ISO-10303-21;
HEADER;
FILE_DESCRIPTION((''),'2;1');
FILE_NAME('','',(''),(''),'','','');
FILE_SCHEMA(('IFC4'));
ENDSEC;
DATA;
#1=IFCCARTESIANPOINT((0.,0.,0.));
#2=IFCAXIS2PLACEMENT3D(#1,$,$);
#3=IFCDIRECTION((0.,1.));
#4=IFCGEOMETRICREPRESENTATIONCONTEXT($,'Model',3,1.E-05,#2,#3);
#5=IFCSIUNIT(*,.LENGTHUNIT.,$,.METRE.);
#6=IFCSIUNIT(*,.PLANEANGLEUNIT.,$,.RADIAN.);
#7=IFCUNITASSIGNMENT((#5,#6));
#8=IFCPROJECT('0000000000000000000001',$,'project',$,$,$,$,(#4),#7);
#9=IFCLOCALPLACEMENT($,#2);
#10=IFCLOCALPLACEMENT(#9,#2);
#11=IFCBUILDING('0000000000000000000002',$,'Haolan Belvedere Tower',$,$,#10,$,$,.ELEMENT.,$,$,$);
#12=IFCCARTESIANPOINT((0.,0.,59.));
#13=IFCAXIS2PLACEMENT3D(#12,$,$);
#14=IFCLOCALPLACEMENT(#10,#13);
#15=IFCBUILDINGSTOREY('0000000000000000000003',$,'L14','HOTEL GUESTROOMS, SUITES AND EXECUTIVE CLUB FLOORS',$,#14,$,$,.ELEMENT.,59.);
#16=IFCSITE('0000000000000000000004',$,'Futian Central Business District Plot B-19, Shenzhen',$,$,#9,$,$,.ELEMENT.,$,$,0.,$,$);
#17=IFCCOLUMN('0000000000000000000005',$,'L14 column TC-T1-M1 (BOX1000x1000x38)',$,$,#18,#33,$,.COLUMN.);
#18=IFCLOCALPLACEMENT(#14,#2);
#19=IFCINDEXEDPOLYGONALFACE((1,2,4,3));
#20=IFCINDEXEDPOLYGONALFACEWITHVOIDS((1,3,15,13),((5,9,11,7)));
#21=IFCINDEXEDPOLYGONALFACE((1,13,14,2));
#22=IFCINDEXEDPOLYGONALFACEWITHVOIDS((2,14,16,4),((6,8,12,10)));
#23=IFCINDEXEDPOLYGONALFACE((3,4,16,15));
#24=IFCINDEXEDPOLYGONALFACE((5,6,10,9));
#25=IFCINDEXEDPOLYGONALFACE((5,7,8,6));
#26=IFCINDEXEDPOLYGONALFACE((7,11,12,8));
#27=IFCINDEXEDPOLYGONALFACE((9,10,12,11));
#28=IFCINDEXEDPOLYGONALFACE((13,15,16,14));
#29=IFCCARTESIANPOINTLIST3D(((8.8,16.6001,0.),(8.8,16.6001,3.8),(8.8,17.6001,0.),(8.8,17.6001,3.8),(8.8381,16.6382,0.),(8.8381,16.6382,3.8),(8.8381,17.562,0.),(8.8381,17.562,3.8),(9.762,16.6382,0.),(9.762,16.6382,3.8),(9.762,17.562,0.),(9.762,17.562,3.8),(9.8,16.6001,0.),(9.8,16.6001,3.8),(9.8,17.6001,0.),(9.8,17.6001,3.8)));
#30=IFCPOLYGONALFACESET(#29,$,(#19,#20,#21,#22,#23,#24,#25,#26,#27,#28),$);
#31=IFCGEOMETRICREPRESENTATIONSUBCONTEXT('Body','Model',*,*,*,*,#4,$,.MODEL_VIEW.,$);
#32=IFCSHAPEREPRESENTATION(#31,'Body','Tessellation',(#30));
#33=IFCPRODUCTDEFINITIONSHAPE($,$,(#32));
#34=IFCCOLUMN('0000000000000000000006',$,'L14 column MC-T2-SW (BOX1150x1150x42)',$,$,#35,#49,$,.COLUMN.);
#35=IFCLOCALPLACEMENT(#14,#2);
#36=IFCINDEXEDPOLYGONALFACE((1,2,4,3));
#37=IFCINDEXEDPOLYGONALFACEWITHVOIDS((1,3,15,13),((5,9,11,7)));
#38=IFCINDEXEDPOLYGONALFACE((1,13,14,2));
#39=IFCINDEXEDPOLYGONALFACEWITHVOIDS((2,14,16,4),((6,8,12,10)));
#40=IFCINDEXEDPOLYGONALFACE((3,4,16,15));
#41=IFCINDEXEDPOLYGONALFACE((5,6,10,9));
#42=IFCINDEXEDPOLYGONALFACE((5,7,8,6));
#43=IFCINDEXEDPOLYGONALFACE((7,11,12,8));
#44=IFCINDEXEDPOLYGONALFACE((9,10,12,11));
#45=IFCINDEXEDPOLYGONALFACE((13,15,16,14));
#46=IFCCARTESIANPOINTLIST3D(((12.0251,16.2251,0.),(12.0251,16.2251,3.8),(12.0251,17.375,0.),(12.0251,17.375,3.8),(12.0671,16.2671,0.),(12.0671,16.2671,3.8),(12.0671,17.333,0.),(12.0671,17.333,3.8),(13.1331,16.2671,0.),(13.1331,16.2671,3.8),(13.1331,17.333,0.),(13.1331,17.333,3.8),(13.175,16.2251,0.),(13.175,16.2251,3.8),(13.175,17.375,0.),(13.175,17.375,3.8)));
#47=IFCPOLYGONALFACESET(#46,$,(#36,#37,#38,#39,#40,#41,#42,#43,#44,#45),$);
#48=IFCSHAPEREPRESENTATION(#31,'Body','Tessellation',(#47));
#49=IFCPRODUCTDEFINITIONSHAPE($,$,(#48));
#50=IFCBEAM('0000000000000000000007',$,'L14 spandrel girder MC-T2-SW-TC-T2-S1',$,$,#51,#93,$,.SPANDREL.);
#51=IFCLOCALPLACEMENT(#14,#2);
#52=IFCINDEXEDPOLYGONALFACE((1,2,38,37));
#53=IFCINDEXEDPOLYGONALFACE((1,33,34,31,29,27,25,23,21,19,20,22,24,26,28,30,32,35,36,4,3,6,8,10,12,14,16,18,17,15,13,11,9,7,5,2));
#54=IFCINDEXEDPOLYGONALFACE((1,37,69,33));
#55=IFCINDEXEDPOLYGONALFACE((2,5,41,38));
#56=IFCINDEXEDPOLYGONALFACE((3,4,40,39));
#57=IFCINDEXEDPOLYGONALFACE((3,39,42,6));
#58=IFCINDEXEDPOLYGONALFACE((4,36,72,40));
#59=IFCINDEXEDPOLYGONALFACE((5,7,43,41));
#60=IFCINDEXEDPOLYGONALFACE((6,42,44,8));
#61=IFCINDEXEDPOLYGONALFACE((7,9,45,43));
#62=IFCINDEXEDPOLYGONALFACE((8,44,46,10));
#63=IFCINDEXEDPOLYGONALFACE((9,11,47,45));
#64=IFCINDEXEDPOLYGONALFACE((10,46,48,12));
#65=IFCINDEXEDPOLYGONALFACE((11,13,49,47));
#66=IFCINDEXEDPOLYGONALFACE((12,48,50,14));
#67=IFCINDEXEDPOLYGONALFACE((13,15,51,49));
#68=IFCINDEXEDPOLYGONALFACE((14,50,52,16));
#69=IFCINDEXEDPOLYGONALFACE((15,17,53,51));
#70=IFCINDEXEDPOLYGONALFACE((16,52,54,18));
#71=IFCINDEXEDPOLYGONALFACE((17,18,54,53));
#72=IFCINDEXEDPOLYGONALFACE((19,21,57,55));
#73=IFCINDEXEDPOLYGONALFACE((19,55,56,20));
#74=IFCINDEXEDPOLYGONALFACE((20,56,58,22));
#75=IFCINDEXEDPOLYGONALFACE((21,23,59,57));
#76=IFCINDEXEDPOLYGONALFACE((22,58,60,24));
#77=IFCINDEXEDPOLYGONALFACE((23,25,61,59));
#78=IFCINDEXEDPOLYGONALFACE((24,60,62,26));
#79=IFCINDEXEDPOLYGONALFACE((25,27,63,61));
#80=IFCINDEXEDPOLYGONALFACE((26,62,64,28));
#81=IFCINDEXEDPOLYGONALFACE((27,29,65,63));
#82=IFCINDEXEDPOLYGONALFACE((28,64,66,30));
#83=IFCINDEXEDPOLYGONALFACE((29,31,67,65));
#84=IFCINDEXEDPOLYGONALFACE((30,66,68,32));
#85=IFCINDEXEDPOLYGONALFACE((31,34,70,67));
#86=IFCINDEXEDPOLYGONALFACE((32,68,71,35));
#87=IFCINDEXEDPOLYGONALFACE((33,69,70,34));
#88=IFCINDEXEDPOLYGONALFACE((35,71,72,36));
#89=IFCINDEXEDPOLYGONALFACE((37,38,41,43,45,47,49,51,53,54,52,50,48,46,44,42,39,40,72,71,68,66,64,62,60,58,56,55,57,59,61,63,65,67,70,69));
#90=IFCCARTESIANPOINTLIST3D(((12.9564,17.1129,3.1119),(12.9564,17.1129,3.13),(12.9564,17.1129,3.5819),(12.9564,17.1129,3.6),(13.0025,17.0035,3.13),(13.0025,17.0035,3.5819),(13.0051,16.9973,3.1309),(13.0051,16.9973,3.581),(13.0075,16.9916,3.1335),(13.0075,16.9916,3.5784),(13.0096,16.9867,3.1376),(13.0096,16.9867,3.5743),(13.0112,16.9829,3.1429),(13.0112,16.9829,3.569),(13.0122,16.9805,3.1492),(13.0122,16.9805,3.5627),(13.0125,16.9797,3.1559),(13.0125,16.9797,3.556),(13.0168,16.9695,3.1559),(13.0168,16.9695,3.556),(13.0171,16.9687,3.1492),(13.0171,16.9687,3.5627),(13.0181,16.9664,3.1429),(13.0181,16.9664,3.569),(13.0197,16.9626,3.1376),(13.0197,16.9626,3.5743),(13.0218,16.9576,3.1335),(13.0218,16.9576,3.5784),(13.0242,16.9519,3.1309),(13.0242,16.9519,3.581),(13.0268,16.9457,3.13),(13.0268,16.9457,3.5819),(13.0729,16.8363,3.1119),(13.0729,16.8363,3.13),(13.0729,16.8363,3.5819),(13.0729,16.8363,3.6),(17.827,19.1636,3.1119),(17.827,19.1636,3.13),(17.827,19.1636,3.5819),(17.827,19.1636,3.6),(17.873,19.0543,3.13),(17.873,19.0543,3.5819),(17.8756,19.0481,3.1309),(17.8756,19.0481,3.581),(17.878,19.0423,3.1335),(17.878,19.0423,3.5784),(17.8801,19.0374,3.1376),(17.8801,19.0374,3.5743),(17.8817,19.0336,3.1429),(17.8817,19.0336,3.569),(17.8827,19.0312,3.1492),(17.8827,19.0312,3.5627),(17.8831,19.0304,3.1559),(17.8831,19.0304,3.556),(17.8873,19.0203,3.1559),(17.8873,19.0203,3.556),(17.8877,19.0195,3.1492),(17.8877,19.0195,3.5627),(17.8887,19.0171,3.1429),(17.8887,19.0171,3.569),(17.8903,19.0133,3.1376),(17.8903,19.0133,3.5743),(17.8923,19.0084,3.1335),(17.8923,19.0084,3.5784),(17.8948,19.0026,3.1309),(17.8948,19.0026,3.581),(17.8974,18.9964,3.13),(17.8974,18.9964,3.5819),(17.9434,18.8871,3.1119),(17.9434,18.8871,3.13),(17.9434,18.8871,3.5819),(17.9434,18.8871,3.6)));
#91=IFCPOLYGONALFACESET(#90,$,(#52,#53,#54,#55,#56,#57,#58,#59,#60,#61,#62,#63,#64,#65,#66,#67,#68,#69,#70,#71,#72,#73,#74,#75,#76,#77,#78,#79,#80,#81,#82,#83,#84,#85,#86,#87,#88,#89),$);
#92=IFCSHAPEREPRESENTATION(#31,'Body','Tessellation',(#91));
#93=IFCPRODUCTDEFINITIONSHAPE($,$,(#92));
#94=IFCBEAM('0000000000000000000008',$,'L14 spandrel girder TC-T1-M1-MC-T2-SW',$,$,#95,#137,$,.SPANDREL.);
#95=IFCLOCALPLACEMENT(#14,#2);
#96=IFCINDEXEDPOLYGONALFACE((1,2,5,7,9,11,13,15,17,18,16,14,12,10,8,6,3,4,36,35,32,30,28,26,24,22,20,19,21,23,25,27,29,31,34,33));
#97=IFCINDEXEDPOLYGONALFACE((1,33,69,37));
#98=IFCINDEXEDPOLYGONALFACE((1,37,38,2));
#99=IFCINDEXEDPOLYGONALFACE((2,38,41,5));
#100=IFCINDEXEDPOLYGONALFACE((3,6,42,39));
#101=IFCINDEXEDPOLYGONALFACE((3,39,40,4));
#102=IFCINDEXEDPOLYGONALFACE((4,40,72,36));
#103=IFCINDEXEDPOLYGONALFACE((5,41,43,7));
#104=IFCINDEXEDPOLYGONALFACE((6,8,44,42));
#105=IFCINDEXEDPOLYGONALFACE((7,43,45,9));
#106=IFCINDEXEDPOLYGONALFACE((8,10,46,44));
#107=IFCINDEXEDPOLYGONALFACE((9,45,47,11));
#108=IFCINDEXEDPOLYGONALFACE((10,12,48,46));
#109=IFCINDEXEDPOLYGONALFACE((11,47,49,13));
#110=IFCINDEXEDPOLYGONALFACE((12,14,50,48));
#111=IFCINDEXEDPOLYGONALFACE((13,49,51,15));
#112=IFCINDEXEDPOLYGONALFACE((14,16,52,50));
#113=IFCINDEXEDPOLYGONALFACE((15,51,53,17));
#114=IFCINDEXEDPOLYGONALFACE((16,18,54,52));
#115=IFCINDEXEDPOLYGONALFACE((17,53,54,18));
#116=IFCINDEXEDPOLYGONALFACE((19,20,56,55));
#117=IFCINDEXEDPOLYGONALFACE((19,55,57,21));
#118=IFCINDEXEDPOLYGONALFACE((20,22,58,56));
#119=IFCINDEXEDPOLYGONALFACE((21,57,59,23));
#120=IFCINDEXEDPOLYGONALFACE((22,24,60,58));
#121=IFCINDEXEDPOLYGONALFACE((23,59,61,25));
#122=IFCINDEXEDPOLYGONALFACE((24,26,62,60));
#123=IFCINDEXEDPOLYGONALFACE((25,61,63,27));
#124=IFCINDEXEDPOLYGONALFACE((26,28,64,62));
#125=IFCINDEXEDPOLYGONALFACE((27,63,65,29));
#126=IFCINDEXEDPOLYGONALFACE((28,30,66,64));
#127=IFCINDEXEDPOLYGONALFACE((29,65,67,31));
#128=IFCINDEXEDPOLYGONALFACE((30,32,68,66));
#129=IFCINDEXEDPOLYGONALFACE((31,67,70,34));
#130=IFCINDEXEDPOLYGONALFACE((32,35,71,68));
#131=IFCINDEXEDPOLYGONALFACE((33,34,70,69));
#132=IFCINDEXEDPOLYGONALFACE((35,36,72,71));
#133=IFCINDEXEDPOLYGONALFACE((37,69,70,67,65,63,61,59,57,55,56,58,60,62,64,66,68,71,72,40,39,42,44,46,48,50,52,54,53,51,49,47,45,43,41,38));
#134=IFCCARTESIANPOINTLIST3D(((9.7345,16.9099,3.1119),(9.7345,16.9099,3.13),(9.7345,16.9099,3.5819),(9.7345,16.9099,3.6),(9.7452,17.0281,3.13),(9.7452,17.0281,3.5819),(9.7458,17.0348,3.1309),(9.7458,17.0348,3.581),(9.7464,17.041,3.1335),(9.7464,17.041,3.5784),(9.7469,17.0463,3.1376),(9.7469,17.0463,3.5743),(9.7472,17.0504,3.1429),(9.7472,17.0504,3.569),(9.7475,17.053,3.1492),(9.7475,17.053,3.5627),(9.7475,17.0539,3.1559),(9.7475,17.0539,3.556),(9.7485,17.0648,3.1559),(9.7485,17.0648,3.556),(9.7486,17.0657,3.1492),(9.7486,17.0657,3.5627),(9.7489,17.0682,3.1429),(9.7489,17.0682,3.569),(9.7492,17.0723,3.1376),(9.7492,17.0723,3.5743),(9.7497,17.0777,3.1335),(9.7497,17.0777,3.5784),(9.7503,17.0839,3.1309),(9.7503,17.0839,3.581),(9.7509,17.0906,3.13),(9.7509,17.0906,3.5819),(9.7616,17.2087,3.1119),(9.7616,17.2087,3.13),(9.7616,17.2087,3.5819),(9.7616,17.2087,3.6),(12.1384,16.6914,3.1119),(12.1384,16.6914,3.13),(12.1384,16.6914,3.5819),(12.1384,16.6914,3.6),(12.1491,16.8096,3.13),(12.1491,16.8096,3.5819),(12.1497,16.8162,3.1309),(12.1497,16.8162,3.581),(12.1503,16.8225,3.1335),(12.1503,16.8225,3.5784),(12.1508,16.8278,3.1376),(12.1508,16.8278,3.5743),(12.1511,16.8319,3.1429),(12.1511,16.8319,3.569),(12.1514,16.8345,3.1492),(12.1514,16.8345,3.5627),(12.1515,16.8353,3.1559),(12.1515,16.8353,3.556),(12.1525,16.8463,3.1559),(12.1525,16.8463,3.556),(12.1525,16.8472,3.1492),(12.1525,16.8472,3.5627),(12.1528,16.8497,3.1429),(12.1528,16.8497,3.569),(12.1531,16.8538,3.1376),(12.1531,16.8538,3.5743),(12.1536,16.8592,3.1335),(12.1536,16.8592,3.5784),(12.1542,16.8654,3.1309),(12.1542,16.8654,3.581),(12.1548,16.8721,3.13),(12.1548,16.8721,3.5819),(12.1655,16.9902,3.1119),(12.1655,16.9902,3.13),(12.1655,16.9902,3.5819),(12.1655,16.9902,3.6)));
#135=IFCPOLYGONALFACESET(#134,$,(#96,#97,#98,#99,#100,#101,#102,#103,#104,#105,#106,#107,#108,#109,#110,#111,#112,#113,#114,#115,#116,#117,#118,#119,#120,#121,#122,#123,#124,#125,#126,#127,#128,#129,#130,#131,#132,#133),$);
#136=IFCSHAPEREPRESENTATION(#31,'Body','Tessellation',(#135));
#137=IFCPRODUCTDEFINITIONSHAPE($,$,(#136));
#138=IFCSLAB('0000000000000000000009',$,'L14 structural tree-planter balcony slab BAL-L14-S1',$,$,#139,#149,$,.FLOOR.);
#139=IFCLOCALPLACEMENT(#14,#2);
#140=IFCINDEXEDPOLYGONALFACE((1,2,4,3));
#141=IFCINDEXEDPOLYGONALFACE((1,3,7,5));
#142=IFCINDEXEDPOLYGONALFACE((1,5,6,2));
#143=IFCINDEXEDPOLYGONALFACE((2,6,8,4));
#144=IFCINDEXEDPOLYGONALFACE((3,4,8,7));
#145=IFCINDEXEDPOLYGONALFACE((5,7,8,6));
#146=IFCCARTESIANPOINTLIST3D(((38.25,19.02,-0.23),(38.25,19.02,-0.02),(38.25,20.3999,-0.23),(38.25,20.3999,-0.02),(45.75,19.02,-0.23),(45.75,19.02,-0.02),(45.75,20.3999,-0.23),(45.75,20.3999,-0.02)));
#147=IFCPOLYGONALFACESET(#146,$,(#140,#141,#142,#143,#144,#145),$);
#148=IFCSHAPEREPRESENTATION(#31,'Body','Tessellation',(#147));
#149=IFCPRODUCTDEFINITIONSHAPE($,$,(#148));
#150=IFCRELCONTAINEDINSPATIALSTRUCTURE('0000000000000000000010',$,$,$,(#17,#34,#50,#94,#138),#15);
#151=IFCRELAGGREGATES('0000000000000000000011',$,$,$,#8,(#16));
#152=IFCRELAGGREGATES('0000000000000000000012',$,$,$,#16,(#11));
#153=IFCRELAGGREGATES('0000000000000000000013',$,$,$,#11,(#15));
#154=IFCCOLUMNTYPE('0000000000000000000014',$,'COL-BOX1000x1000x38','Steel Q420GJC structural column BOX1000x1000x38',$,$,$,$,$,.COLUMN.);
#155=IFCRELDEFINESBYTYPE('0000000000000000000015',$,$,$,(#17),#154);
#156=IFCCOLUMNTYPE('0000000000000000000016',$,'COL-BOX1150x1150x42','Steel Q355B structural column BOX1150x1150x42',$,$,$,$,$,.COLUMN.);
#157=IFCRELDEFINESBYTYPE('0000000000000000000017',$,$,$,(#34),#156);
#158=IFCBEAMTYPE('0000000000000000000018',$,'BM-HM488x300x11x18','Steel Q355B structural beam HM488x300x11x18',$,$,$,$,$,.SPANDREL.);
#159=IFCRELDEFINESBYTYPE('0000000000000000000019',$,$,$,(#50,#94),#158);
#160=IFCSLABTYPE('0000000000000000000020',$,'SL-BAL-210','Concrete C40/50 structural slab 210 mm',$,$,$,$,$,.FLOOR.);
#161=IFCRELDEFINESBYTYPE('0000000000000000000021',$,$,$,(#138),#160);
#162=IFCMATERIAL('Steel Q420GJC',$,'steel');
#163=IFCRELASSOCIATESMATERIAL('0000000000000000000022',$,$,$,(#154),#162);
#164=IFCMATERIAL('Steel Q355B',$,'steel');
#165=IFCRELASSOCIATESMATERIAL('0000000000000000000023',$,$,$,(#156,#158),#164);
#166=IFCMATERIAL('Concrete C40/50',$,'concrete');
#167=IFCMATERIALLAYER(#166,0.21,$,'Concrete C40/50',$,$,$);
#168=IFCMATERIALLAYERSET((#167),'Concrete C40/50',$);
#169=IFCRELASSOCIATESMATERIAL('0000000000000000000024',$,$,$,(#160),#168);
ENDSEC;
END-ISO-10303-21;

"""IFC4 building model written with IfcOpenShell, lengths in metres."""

from ifc_helpers import new_model, si_unit, direction, frame, origin, origin_2d, place, context, subcontext, project, spatial, polyline, hollow_rectangle, i_section, outline, extrude, material, layer, layer_set, material_profile, profile_set, type_object, element, save


model = new_model("IFC4")

# Units and contexts
model_context = context("Model", 3, precision=1e-05, world=origin(), true_north=direction((0.0, 1.0)))
body_context = subcontext(model_context, "Body", "Model", "MODEL_VIEW")
ifc_project = project(units=[si_unit("LENGTHUNIT", "METRE"), si_unit("PLANEANGLEUNIT", "RADIAN")], contexts=[model_context])

# Site, building, storey
site_placement = place(None, origin())
site = spatial("IfcSite", under=ifc_project, at=site_placement, Name="Futian Central Business District Plot B-19, Shenzhen", CompositionType="ELEMENT", RefElevation=0.0)
building_placement = place(site_placement, origin())
building = spatial("IfcBuilding", under=site, at=building_placement, Name="Haolan Belvedere Tower", CompositionType="ELEMENT")
storey_placement = place(building_placement, frame((0.0, 0.0, 59.0)))
storey = spatial("IfcBuildingStorey", under=building, at=storey_placement, Name="L14", Description="HOTEL GUESTROOMS, SUITES AND EXECUTIVE CLUB FLOORS", CompositionType="ELEMENT", Elevation=59.0)

# Columns
ifc_material_1 = material(Name="Steel Q420GJC", Category="steel")
ifc_material_profile_1 = material_profile(ifc_material_1, hollow_rectangle(XDim=1.0, YDim=1.0, WallThickness=0.0381, at=origin_2d()), Name="Steel Q420GJC")
ifc_profile_set_1 = profile_set([ifc_material_profile_1], Name="Steel Q420GJC")
column_type_1 = type_object("IfcColumnType", Name="COL-BOX1000x1000x38", Description="Steel Q420GJC structural column BOX1000x1000x38", PredefinedType="COLUMN", material=ifc_profile_set_1)
column_1_placement = place(storey_placement, frame((9.3, 17.1001, 0.0), z_axis=(0.0, 0.0, 1.0), x_axis=(1.0, 0.0, 0.0)))
element("IfcColumn", 1, at=column_1_placement, inside=storey, type_object=column_type_1, Name="L14 column TC-T1-M1 (BOX1000x1000x38)", PredefinedType="COLUMN", context=body_context, shape_type="SweptSolid", body=[
    extrude(hollow_rectangle(XDim=1.0, YDim=1.0, WallThickness=0.0381, at=origin_2d()), origin(), (0.0, 0.0, 1.0), 3.8),
])
ifc_material_2 = material(Name="Steel Q355B", Category="steel")
ifc_material_profile_2 = material_profile(ifc_material_2, hollow_rectangle(XDim=1.1499, YDim=1.1499, WallThickness=0.042, at=origin_2d()), Name="Steel Q355B")
ifc_profile_set_2 = profile_set([ifc_material_profile_2], Name="Steel Q355B")
column_type_2 = type_object("IfcColumnType", Name="COL-BOX1150x1150x42", Description="Steel Q355B structural column BOX1150x1150x42", PredefinedType="COLUMN", material=ifc_profile_set_2)
column_2_placement = place(storey_placement, frame((12.6001, 16.8, 0.0), z_axis=(0.0, 0.0, 1.0), x_axis=(1.0, 0.0, 0.0)))
element("IfcColumn", 2, at=column_2_placement, inside=storey, type_object=column_type_2, Name="L14 column MC-T2-SW (BOX1150x1150x42)", PredefinedType="COLUMN", context=body_context, shape_type="SweptSolid", body=[
    extrude(hollow_rectangle(XDim=1.1499, YDim=1.1499, WallThickness=0.042, at=origin_2d()), origin(), (0.0, 0.0, 1.0), 3.8),
])

# Beams
ifc_material_profile_3 = material_profile(ifc_material_2, i_section(OverallWidth=0.3, OverallDepth=0.488, WebThickness=0.011, FlangeThickness=0.0181, FilletRadius=0.0259, at=origin_2d()), Name="Steel Q355B")
ifc_profile_set_3 = profile_set([ifc_material_profile_3], Name="Steel Q355B")
beam_type = type_object("IfcBeamType", Name="BM-HM488x300x11x18", Description="Steel Q355B structural beam HM488x300x11x18", PredefinedType="SPANDREL", material=ifc_profile_set_3)
beam_1_placement = place(storey_placement, frame((13.0146, 16.9746, 3.356), z_axis=(0.921635, 0.388057, 0.0), x_axis=(-0.388057, 0.921635, 0.0)))
element("IfcBeam", 3, at=beam_1_placement, inside=storey, type_object=beam_type, Name="L14 spandrel girder MC-T2-SW-TC-T2-S1", PredefinedType="SPANDREL", context=body_context, shape_type="SweptSolid", body=[
    extrude(i_section(OverallWidth=0.3, OverallDepth=0.488, WebThickness=0.011, FlangeThickness=0.0181, FilletRadius=0.0259, at=origin_2d()), origin(), (0.0, 0.0, 1.0), 5.2847),
])
beam_2_placement = place(storey_placement, frame((9.748, 17.0593, 3.356), z_axis=(0.995894, -0.090527, 0.0), x_axis=(0.090527, 0.995894, 0.0)))
element("IfcBeam", 4, at=beam_2_placement, inside=storey, type_object=beam_type, Name="L14 spandrel girder TC-T1-M1-MC-T2-SW", PredefinedType="SPANDREL", context=body_context, shape_type="SweptSolid", body=[
    extrude(i_section(OverallWidth=0.3, OverallDepth=0.488, WebThickness=0.011, FlangeThickness=0.0181, FilletRadius=0.0259, at=origin_2d()), origin(), (0.0, 0.0, 1.0), 2.4138),
])

# Slab
ifc_material_3 = material(Name="Concrete C40/50", Category="concrete")
ifc_layer_1 = layer(ifc_material_3, 0.21, Name="Concrete C40/50")
ifc_layer_set_1 = layer_set([ifc_layer_1], Name="Concrete C40/50")
slab_type_1 = type_object("IfcSlabType", Name="SL-BAL-210", Description="Concrete C40/50 structural slab 210 mm", PredefinedType="FLOOR", material=ifc_layer_set_1)
slab_1_placement = place(storey_placement, frame((0.0, 0.0, -0.23)))
element("IfcSlab", 5, at=slab_1_placement, inside=storey, type_object=slab_type_1, Name="L14 structural tree-planter balcony slab BAL-L14-S1", PredefinedType="FLOOR", context=body_context, shape_type="SweptSolid", body=[
    extrude(outline(polyline([(38.25, 19.02), (45.75, 19.02), (45.75, 20.3999), (38.25, 20.3999), (38.25, 19.02)])), origin(), (0.0, 0.0, 1.0), 0.21),
])

save(model, "model.ifc")
